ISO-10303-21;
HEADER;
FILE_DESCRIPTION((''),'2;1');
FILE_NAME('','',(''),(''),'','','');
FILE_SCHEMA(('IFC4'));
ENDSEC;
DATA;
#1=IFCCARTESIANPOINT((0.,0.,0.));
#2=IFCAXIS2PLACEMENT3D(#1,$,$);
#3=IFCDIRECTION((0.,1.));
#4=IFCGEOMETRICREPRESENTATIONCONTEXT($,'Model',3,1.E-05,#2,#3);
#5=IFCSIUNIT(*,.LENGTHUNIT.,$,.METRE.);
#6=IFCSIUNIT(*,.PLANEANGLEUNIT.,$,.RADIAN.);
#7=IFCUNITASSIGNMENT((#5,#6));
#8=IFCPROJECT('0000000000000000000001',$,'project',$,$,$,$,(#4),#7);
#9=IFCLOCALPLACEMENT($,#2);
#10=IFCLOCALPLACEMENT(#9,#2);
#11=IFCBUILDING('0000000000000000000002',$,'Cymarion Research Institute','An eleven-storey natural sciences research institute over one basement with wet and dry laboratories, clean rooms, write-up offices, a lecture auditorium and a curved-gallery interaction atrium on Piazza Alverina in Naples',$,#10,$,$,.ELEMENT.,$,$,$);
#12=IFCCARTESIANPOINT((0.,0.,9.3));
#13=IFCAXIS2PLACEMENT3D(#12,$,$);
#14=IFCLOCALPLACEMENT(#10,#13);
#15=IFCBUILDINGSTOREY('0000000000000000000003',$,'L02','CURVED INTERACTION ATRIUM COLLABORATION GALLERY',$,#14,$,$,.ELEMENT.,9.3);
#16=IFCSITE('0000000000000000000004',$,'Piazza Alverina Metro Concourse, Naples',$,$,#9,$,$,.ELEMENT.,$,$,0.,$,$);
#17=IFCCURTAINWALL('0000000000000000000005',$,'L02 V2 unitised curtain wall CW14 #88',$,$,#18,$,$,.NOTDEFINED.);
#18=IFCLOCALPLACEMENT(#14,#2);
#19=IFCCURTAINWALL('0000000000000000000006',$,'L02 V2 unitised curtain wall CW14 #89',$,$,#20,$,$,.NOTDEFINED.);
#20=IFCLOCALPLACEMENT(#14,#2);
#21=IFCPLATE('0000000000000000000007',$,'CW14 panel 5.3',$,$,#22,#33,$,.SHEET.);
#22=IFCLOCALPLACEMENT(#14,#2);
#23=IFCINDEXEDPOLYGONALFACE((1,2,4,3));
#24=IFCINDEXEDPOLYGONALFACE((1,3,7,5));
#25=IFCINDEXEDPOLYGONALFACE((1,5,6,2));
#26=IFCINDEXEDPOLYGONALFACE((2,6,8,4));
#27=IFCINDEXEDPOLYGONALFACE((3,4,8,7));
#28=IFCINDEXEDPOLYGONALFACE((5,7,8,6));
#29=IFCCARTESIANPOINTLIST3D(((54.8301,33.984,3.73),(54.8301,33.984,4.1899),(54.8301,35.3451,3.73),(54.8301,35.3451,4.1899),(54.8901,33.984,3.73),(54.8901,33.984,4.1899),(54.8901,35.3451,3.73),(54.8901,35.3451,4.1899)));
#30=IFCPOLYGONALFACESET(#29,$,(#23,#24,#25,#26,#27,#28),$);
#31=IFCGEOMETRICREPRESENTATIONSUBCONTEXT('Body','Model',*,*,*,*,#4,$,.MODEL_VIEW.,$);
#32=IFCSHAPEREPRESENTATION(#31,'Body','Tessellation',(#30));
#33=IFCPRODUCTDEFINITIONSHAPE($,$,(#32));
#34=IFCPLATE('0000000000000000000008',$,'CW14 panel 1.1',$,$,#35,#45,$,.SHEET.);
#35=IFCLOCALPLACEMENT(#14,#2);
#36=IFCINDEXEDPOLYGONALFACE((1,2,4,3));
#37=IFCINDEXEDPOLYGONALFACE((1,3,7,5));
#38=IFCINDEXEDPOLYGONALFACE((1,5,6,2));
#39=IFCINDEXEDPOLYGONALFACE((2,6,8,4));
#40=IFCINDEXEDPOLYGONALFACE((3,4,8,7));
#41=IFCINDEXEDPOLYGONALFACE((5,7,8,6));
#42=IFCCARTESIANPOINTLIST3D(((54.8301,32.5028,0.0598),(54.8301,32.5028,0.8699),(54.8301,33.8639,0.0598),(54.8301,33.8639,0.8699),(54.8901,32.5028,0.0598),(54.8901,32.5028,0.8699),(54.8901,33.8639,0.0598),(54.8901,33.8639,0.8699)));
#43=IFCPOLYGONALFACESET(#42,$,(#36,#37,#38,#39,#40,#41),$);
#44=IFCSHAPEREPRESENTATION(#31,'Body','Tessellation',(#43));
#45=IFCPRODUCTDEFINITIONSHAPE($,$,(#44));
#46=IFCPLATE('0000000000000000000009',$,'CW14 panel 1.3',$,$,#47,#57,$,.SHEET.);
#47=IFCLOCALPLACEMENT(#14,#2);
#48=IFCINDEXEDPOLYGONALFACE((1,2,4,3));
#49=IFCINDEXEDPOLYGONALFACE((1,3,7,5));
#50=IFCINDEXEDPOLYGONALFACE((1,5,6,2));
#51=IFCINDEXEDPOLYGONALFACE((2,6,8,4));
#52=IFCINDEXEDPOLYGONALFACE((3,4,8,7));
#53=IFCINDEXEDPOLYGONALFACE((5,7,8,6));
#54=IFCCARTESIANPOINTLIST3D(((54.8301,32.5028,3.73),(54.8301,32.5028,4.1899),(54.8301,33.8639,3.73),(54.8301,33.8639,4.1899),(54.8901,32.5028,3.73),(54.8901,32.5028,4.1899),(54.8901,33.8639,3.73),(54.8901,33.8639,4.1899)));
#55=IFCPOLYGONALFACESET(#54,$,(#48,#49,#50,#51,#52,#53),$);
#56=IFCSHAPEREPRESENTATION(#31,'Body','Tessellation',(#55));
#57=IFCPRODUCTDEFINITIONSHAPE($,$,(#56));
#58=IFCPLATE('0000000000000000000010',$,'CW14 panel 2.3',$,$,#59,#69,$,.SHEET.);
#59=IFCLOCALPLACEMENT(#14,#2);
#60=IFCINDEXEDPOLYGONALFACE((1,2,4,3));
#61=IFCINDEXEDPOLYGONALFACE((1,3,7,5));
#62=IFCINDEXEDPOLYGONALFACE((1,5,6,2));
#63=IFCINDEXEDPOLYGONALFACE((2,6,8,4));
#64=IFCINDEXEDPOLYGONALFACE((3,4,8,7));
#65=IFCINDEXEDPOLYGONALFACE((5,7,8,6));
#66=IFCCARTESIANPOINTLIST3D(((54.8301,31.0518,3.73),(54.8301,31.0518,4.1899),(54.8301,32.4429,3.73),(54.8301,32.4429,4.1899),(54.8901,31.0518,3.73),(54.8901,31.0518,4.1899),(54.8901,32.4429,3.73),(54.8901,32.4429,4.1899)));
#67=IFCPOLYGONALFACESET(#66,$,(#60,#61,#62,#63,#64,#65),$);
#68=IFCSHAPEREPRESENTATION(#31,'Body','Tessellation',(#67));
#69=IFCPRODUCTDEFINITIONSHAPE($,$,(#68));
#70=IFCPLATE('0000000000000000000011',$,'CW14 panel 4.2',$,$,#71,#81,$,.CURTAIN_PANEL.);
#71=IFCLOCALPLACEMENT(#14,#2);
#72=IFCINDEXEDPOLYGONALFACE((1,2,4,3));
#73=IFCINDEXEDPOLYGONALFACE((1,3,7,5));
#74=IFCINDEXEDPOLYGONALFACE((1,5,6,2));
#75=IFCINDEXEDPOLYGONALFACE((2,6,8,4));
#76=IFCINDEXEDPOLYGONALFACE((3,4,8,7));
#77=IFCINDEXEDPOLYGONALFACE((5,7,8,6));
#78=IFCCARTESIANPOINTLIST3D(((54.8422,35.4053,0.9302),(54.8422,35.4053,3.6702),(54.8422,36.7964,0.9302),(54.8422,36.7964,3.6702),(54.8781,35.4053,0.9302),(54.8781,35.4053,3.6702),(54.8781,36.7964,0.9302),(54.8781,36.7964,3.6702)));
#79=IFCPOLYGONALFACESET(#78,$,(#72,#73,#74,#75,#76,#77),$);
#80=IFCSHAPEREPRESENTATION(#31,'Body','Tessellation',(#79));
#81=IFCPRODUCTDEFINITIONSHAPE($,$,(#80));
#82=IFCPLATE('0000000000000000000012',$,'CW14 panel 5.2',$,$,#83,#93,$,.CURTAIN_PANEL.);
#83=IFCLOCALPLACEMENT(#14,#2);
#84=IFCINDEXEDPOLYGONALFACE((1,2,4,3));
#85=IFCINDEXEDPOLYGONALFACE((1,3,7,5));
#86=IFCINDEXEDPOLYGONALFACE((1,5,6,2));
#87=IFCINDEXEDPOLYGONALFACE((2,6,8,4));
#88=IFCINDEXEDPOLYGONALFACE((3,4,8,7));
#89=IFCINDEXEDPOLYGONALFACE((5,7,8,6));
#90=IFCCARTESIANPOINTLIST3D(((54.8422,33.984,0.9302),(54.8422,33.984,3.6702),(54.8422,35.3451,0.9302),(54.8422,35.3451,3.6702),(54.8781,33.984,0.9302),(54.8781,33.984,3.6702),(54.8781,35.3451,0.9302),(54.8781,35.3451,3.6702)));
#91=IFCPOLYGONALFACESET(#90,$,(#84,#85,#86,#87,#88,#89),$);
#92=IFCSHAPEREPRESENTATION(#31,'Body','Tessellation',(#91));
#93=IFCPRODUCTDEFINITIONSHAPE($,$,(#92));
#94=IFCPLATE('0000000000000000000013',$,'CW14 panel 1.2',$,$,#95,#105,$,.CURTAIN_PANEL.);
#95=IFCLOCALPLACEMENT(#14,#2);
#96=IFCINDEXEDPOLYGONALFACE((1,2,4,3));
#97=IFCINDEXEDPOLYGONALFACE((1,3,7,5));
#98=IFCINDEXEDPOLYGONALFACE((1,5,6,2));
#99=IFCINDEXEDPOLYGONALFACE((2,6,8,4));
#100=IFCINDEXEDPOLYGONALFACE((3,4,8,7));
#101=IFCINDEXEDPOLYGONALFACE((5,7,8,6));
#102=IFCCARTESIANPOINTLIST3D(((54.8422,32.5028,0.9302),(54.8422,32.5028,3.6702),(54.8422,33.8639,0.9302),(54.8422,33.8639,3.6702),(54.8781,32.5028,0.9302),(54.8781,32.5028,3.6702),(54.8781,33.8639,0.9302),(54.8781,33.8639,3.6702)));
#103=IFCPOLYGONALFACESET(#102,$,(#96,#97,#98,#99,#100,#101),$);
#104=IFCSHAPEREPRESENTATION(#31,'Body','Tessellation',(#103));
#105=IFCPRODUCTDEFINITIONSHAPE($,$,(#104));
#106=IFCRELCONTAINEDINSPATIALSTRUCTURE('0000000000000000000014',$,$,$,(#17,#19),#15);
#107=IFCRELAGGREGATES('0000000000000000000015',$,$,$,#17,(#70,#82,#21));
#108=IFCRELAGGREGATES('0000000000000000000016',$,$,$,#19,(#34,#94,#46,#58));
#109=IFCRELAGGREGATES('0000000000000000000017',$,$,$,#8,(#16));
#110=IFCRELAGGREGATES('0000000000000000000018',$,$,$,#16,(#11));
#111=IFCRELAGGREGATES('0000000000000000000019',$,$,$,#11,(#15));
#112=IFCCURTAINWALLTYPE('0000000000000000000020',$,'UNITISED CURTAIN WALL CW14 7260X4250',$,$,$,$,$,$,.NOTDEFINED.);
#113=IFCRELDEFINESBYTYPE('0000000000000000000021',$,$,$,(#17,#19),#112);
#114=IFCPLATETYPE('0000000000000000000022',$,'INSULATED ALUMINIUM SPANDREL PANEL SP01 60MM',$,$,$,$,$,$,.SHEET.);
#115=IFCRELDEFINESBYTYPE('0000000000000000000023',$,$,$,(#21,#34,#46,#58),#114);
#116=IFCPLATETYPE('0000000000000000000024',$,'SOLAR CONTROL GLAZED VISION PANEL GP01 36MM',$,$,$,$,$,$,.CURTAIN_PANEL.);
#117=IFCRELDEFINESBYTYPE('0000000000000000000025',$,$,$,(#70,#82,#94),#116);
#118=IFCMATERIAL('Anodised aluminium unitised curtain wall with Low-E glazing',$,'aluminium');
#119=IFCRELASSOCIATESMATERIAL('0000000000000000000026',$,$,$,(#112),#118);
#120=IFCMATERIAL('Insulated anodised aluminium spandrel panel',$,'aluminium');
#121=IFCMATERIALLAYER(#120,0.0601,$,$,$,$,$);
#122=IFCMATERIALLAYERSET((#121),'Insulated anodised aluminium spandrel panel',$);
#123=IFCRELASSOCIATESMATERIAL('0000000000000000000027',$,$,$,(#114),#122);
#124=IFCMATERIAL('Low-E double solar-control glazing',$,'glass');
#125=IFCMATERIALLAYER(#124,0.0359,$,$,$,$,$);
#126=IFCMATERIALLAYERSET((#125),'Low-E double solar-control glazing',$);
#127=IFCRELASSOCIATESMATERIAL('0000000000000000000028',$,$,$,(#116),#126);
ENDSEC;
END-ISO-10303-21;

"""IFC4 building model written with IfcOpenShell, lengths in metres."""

from ifc_helpers import new_model, si_unit, direction, frame, origin, origin_2d, place, context, subcontext, project, spatial, rectangle, extrude, material, layer, layer_set, type_object, element, aggregate, save


model = new_model("IFC4")

# Units and contexts
model_context = context("Model", 3, precision=1e-05, world=origin(), true_north=direction((0.0, 1.0)))
body_context = subcontext(model_context, "Body", "Model", "MODEL_VIEW")
ifc_project = project(units=[si_unit("LENGTHUNIT", "METRE"), si_unit("PLANEANGLEUNIT", "RADIAN")], contexts=[model_context])

# Site, building, storey
site_placement = place(None, origin())
site = spatial("IfcSite", under=ifc_project, at=site_placement, Name="Piazza Alverina Metro Concourse, Naples", CompositionType="ELEMENT", RefElevation=0.0)
building_placement = place(site_placement, origin())
building = spatial("IfcBuilding", under=site, at=building_placement, Name="Cymarion Research Institute", Description="An eleven-storey natural sciences research institute over one basement with wet and dry laboratories, clean rooms, write-up offices, a lecture auditorium and a curved-gallery interaction atrium on Piazza Alverina in Naples", CompositionType="ELEMENT")
storey_placement = place(building_placement, frame((0.0, 0.0, 9.3)))
storey = spatial("IfcBuildingStorey", under=building, at=storey_placement, Name="L02", Description="CURVED INTERACTION ATRIUM COLLABORATION GALLERY", CompositionType="ELEMENT", Elevation=9.3)

# Curtain walls
ifc_material_1 = material(Name="Anodised aluminium unitised curtain wall with Low-E glazing", Category="aluminium")
curtain_wall_type = type_object("IfcCurtainWallType", Name="UNITISED CURTAIN WALL CW14 7260X4250", PredefinedType="NOTDEFINED", material=ifc_material_1)
curtain_wall_1_placement = place(storey_placement, origin())
curtain_wall_1 = element("IfcCurtainWall", 1, at=curtain_wall_1_placement, inside=storey, type_object=curtain_wall_type, Name="L02 V2 unitised curtain wall CW14 #88", PredefinedType="NOTDEFINED")
curtain_wall_2_placement = place(storey_placement, origin())
curtain_wall_2 = element("IfcCurtainWall", 2, at=curtain_wall_2_placement, inside=storey, type_object=curtain_wall_type, Name="L02 V2 unitised curtain wall CW14 #89", PredefinedType="NOTDEFINED")

# Plates
ifc_material_2 = material(Name="Insulated anodised aluminium spandrel panel", Category="aluminium")
ifc_layer_1 = layer(ifc_material_2, 0.0601)
ifc_layer_set_1 = layer_set([ifc_layer_1], Name="Insulated anodised aluminium spandrel panel")
plate_type_1 = type_object("IfcPlateType", Name="INSULATED ALUMINIUM SPANDREL PANEL SP01 60MM", PredefinedType="SHEET", material=ifc_layer_set_1)
plate_1_placement = place(storey_placement, frame((54.8601, 34.6646, 3.73), z_axis=(0.0, 0.0, 1.0), x_axis=(0.0, -1.0, 0.0)))
plate_1 = element("IfcPlate", 3, at=plate_1_placement, type_object=plate_type_1, Name="CW14 panel 5.3", PredefinedType="SHEET", context=body_context, shape_type="SweptSolid", body=[
    extrude(rectangle(XDim=1.3611, YDim=0.0601, at=origin_2d()), origin(), (0.0, 0.0, 1.0), 0.46),
])
plate_2_placement = place(storey_placement, frame((54.8601, 33.1833, 0.0598), z_axis=(0.0, 0.0, 1.0), x_axis=(0.0, -1.0, 0.0)))
plate_2 = element("IfcPlate", 4, at=plate_2_placement, type_object=plate_type_1, Name="CW14 panel 1.1", PredefinedType="SHEET", context=body_context, shape_type="SweptSolid", body=[
    extrude(rectangle(XDim=1.3611, YDim=0.0601, at=origin_2d()), origin(), (0.0, 0.0, 1.0), 0.8101),
])
plate_3_placement = place(storey_placement, frame((54.8601, 33.1833, 3.73), z_axis=(0.0, 0.0, 1.0), x_axis=(0.0, -1.0, 0.0)))
plate_3 = element("IfcPlate", 5, at=plate_3_placement, type_object=plate_type_1, Name="CW14 panel 1.3", PredefinedType="SHEET", context=body_context, shape_type="SweptSolid", body=[
    extrude(rectangle(XDim=1.3611, YDim=0.0601, at=origin_2d()), origin(), (0.0, 0.0, 1.0), 0.46),
])
plate_4_placement = place(storey_placement, frame((54.8601, 31.7473, 3.73), z_axis=(0.0, 0.0, 1.0), x_axis=(0.0, -1.0, 0.0)))
plate_4 = element("IfcPlate", 6, at=plate_4_placement, type_object=plate_type_1, Name="CW14 panel 2.3", PredefinedType="SHEET", context=body_context, shape_type="SweptSolid", body=[
    extrude(rectangle(XDim=1.3911, YDim=0.0601, at=origin_2d()), origin(), (0.0, 0.0, 1.0), 0.46),
])
ifc_material_3 = material(Name="Low-E double solar-control glazing", Category="glass")
ifc_layer_2 = layer(ifc_material_3, 0.0359)
ifc_layer_set_2 = layer_set([ifc_layer_2], Name="Low-E double solar-control glazing")
plate_type_2 = type_object("IfcPlateType", Name="SOLAR CONTROL GLAZED VISION PANEL GP01 36MM", PredefinedType="CURTAIN_PANEL", material=ifc_layer_set_2)
plate_5_placement = place(storey_placement, frame((54.8601, 36.1008, 0.9302), z_axis=(0.0, 0.0, 1.0), x_axis=(0.0, -1.0, 0.0)))
plate_5 = element("IfcPlate", 7, at=plate_5_placement, type_object=plate_type_2, Name="CW14 panel 4.2", PredefinedType="CURTAIN_PANEL", context=body_context, shape_type="SweptSolid", body=[
    extrude(rectangle(XDim=1.3911, YDim=0.0359, at=origin_2d()), origin(), (0.0, 0.0, 1.0), 2.74),
])
plate_6_placement = place(storey_placement, frame((54.8601, 34.6646, 0.9302), z_axis=(0.0, 0.0, 1.0), x_axis=(0.0, -1.0, 0.0)))
plate_6 = element("IfcPlate", 8, at=plate_6_placement, type_object=plate_type_2, Name="CW14 panel 5.2", PredefinedType="CURTAIN_PANEL", context=body_context, shape_type="SweptSolid", body=[
    extrude(rectangle(XDim=1.3611, YDim=0.0359, at=origin_2d()), origin(), (0.0, 0.0, 1.0), 2.74),
])
aggregate(curtain_wall_1, [plate_5, plate_6, plate_1])
plate_7_placement = place(storey_placement, frame((54.8601, 33.1833, 0.9302), z_axis=(0.0, 0.0, 1.0), x_axis=(0.0, -1.0, 0.0)))
plate_7 = element("IfcPlate", 9, at=plate_7_placement, type_object=plate_type_2, Name="CW14 panel 1.2", PredefinedType="CURTAIN_PANEL", context=body_context, shape_type="SweptSolid", body=[
    extrude(rectangle(XDim=1.3611, YDim=0.0359, at=origin_2d()), origin(), (0.0, 0.0, 1.0), 2.74),
])
aggregate(curtain_wall_2, [plate_2, plate_7, plate_3, plate_4])

save(model, "model.ifc")
